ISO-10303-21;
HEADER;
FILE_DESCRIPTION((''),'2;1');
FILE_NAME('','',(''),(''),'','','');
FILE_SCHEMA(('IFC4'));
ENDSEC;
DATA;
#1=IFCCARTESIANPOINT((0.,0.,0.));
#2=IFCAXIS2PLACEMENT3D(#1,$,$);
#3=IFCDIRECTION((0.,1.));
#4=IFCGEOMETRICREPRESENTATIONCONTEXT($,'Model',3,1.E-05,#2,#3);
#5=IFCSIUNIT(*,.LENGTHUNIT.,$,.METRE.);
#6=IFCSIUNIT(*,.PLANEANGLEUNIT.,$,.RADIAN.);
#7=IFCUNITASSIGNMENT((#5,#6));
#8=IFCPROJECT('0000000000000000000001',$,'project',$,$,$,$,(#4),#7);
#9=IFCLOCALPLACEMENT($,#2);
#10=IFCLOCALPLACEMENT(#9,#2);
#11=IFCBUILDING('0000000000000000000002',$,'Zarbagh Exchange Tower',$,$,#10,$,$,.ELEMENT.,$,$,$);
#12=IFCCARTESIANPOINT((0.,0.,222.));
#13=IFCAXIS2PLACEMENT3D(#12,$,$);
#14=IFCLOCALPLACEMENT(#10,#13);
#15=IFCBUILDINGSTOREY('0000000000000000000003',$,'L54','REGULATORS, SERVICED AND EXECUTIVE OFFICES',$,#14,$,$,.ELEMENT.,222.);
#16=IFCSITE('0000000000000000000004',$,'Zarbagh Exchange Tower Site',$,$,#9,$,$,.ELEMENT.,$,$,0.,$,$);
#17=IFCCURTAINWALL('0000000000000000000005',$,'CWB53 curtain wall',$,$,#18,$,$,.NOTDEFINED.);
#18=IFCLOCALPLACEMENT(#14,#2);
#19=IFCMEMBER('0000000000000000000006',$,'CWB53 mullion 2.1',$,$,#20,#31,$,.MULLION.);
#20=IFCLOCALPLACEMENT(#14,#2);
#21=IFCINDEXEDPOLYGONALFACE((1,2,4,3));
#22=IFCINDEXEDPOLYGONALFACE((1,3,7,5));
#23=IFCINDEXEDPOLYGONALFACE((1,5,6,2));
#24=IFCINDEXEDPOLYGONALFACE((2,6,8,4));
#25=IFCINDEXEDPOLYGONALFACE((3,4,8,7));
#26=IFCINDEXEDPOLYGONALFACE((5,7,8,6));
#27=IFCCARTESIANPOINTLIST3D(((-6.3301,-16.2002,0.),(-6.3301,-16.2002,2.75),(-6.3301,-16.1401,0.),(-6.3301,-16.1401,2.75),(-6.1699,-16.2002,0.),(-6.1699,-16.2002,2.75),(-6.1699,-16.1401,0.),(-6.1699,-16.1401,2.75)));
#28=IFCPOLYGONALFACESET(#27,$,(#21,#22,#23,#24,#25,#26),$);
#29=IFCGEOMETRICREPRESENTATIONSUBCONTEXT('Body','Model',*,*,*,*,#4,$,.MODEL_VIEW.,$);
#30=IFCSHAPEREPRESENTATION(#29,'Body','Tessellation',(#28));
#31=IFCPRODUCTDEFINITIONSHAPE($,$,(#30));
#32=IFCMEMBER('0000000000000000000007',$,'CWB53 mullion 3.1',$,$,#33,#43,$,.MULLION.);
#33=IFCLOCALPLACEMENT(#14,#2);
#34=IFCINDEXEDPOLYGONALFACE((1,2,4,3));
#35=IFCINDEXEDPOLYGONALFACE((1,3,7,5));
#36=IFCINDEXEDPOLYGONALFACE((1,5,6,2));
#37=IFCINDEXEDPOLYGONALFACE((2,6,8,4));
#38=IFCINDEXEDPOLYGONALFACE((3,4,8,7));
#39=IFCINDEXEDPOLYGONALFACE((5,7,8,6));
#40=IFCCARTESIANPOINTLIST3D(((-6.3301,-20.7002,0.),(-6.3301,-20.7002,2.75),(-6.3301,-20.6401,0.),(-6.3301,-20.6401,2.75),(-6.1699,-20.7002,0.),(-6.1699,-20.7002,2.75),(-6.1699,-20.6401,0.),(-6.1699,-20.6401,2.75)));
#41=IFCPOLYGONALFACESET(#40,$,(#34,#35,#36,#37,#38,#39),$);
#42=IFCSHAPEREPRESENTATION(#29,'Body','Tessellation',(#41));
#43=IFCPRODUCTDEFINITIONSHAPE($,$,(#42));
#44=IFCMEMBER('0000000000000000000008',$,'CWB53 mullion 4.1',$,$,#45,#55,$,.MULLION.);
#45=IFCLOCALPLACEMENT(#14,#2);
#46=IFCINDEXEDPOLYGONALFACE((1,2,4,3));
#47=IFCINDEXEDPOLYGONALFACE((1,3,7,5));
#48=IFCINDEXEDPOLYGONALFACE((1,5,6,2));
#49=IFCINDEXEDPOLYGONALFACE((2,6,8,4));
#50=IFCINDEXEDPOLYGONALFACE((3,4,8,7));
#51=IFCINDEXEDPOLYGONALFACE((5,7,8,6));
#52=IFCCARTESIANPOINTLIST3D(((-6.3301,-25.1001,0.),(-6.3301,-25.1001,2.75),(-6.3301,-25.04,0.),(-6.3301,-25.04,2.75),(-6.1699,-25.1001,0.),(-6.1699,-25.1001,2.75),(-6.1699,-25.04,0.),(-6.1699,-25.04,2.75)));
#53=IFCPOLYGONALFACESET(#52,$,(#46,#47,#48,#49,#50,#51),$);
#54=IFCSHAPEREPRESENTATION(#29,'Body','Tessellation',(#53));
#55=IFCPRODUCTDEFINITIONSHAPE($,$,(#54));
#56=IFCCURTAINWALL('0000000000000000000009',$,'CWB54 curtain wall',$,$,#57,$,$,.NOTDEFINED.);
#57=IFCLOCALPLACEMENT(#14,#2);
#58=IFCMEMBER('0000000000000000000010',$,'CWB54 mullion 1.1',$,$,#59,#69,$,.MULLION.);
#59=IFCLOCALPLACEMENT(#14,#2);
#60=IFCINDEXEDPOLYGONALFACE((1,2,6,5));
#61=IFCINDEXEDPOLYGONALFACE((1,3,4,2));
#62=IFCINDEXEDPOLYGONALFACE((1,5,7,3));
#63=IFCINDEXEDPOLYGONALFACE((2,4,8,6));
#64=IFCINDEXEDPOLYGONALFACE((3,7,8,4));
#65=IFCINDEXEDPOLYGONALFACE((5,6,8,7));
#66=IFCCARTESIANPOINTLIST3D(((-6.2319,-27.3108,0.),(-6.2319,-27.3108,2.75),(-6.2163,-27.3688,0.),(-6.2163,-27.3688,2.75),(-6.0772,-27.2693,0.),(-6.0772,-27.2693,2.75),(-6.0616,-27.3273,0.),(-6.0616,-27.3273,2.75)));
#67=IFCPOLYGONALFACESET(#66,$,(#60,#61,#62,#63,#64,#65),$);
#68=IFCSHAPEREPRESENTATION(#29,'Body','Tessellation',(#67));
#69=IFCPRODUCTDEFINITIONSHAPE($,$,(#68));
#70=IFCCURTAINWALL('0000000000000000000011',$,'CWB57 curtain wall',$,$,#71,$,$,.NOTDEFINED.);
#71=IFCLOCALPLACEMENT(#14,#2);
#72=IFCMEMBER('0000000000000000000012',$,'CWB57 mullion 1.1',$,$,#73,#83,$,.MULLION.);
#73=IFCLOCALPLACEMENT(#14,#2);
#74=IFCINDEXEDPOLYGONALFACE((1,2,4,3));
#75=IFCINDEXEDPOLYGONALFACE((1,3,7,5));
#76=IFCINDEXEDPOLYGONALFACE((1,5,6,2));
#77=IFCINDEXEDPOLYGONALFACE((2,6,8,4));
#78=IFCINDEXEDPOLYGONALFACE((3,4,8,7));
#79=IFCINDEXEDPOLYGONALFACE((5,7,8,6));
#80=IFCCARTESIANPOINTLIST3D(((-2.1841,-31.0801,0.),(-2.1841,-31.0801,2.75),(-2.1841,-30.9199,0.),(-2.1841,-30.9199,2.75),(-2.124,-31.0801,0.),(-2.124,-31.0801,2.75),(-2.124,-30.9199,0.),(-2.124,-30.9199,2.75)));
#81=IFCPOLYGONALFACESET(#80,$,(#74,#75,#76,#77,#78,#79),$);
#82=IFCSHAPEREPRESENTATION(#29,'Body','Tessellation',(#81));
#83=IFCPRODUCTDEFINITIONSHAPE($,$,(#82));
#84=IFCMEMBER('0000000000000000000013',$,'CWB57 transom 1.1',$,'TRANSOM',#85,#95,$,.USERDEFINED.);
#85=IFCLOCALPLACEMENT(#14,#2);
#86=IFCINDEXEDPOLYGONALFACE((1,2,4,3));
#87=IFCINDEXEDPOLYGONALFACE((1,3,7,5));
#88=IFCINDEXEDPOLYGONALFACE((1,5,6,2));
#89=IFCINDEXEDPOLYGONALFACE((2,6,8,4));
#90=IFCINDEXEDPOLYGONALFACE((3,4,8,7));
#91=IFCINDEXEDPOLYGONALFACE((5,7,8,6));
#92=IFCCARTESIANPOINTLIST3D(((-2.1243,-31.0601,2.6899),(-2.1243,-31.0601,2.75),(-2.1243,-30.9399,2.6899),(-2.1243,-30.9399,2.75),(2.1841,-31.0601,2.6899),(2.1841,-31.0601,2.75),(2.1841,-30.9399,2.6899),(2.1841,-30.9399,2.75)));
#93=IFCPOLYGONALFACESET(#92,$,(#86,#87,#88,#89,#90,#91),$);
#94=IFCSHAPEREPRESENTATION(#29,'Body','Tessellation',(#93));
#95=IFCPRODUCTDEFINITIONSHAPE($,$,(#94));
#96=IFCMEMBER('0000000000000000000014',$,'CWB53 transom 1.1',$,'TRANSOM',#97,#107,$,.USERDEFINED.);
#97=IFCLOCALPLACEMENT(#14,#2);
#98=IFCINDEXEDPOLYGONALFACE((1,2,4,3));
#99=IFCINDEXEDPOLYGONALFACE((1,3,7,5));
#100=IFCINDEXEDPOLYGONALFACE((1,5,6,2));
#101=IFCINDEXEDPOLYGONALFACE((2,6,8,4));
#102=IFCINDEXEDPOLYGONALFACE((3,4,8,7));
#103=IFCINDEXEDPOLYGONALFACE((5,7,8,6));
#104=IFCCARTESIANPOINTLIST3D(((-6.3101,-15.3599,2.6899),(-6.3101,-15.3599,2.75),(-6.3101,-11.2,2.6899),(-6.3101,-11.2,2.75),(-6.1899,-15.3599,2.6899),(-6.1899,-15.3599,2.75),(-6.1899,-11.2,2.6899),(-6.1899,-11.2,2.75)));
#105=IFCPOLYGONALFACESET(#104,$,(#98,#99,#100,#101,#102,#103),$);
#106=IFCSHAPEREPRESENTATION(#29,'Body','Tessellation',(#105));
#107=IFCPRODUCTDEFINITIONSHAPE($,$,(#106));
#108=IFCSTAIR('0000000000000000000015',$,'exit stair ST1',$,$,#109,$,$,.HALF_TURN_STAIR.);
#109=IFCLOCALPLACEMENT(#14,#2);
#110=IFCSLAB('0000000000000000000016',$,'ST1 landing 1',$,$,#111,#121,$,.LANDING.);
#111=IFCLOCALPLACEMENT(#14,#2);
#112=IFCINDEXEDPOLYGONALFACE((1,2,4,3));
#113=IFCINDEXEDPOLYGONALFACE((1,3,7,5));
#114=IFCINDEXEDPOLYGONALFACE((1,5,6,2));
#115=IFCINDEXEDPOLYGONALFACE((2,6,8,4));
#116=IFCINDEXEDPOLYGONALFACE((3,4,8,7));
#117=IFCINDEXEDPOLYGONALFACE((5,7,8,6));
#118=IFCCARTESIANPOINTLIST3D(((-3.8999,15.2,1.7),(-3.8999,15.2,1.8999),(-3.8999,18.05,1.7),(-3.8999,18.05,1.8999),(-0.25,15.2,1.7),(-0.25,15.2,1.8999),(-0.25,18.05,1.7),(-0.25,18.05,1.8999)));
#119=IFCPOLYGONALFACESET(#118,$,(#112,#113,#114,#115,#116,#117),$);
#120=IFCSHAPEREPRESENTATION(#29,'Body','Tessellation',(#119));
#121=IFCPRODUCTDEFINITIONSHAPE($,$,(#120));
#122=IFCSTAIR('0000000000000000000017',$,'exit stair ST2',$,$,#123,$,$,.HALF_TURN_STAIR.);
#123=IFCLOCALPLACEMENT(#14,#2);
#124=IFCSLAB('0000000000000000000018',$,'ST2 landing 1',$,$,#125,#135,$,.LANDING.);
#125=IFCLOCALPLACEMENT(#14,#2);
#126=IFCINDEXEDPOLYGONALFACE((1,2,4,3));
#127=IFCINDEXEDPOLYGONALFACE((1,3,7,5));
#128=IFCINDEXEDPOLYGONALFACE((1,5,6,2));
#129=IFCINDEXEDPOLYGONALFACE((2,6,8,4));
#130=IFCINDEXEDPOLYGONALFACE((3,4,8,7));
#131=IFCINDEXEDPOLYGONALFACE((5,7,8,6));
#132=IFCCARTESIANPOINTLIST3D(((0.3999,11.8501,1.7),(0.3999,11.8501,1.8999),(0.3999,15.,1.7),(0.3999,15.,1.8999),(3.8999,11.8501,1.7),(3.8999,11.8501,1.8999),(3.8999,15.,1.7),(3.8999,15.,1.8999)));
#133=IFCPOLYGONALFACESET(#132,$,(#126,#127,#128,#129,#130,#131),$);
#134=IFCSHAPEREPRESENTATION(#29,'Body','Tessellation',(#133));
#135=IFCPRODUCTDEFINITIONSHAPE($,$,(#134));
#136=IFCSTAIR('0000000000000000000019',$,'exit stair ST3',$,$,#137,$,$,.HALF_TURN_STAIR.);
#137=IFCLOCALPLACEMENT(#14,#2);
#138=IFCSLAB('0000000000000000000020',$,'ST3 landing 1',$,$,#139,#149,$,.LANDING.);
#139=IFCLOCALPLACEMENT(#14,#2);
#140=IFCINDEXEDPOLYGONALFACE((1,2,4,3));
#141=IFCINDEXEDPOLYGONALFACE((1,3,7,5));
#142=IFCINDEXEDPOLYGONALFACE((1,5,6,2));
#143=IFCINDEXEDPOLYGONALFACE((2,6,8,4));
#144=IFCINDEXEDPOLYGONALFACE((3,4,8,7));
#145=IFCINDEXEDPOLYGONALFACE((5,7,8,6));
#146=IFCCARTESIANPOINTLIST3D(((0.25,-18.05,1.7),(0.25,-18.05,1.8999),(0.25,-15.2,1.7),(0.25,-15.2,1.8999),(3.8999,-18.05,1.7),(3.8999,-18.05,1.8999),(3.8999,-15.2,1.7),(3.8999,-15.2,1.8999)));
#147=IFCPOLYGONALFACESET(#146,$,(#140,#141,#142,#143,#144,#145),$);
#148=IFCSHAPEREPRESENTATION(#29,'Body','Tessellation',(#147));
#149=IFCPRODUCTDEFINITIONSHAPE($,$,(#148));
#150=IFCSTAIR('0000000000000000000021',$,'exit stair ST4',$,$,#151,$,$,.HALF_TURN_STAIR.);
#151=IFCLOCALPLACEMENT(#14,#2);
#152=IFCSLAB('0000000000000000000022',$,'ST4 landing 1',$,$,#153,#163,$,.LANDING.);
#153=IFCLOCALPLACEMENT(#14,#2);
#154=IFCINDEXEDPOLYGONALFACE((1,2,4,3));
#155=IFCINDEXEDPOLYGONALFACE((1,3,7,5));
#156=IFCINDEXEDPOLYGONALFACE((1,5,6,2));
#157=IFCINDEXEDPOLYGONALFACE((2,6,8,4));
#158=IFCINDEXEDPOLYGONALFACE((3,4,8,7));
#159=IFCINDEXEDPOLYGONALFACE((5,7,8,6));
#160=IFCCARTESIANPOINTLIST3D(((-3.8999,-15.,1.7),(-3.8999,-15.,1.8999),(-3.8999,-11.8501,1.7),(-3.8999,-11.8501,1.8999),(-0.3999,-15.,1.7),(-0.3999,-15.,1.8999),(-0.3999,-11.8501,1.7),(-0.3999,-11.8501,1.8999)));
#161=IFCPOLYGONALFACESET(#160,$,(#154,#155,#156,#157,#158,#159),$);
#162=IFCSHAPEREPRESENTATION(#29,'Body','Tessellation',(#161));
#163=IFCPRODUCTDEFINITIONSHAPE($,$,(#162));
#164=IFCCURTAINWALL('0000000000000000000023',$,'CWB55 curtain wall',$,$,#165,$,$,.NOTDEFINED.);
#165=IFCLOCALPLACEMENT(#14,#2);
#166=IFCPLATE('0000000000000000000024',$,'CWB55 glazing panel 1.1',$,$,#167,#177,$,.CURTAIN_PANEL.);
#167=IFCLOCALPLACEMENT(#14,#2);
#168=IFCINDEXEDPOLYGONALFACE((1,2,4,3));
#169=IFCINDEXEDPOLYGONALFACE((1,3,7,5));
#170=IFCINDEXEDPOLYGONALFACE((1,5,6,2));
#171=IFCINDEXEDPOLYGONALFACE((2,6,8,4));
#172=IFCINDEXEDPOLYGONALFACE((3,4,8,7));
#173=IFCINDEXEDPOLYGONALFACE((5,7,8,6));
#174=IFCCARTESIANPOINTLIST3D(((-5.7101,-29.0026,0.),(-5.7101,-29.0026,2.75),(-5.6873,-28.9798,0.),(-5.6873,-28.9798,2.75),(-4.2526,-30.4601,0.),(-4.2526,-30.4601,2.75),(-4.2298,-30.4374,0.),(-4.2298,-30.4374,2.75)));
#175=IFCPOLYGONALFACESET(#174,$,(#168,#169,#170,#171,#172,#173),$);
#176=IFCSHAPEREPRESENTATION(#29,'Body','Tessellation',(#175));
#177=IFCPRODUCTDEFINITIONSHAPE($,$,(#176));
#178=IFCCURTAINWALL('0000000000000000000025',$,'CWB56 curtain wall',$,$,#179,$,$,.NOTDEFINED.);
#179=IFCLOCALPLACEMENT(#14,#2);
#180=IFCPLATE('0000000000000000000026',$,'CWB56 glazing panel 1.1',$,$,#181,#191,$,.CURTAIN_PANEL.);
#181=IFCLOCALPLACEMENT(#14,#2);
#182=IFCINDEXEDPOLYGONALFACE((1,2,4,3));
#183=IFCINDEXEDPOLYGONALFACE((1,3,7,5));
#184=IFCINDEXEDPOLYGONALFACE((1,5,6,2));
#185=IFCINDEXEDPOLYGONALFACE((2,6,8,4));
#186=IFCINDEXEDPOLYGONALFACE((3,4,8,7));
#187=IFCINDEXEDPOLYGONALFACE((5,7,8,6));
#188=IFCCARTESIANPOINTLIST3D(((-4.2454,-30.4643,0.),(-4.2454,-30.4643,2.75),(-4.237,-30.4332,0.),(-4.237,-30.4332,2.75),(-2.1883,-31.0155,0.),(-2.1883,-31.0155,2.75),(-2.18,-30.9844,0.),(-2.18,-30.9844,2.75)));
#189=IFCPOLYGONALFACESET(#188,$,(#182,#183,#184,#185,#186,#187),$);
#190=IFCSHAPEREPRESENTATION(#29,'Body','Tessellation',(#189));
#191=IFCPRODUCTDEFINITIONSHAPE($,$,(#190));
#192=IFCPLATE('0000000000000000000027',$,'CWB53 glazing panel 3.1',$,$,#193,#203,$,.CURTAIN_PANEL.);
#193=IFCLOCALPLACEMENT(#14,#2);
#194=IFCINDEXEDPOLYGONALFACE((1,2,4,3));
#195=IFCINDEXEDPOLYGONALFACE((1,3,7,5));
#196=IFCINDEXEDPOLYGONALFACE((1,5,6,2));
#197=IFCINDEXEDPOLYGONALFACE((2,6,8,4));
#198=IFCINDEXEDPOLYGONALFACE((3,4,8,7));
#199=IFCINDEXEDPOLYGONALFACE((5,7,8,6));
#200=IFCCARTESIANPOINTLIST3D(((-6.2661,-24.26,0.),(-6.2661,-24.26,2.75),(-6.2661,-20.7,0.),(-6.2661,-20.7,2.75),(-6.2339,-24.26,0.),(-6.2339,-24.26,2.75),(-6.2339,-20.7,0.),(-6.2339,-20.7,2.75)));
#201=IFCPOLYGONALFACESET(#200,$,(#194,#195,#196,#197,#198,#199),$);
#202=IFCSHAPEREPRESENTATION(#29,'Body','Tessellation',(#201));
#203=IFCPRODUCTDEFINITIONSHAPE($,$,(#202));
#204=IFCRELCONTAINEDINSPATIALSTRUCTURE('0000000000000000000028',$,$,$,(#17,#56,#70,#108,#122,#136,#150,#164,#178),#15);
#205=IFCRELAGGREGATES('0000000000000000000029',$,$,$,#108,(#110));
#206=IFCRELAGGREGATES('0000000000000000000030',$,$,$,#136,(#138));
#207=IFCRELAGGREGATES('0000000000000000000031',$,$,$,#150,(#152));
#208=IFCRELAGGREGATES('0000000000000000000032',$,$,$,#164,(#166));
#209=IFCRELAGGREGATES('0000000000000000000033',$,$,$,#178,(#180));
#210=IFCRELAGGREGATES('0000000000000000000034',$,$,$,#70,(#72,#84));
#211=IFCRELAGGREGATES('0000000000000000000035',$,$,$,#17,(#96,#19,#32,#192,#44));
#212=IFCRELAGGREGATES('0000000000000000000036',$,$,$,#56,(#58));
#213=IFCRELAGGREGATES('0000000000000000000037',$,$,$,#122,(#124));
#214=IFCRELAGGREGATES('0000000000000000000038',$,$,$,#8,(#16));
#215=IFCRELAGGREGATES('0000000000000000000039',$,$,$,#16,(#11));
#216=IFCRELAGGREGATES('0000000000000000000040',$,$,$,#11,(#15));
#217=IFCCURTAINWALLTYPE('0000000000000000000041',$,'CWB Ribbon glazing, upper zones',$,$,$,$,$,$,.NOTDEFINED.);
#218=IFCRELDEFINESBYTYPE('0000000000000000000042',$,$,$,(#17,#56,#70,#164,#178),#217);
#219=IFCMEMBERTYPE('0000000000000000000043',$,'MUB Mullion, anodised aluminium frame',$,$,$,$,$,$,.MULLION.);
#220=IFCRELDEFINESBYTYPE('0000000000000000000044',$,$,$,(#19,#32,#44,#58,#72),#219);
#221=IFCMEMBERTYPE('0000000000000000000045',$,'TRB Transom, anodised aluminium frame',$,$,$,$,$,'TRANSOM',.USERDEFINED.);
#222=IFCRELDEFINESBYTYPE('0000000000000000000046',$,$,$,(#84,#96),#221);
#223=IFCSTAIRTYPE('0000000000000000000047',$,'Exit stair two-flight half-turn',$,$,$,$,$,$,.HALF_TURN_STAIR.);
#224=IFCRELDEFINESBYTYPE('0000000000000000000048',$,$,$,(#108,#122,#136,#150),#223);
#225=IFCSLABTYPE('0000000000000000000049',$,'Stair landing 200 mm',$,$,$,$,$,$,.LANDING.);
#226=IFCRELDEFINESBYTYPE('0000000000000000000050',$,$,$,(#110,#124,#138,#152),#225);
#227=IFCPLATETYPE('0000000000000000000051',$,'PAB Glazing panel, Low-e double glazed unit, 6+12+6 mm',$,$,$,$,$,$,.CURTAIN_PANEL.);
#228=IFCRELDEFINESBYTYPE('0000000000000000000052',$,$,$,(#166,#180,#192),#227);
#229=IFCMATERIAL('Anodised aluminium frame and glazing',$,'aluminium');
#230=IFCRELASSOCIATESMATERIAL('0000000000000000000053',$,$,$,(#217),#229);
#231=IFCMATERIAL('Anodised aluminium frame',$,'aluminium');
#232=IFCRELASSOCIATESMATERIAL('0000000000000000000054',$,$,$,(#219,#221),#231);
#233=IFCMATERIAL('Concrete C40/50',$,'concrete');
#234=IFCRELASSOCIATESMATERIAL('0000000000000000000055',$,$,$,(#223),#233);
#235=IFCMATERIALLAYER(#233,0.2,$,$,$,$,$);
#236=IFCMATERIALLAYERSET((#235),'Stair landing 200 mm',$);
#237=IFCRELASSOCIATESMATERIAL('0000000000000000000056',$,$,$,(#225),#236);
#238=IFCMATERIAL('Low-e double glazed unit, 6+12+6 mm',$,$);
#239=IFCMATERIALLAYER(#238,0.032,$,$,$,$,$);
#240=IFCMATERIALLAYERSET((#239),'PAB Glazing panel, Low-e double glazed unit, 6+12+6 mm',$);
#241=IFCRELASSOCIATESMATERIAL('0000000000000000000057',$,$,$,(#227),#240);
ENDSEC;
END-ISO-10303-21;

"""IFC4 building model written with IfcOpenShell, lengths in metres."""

from ifc_helpers import new_model, si_unit, direction, frame, origin, place, context, subcontext, project, spatial, polyline, outline, extrude, source, transform, mapped, material, layer, layer_set, type_object, element, aggregate, save


model = new_model("IFC4")

# Units and contexts
model_context = context("Model", 3, precision=1e-05, world=origin(), true_north=direction((0.0, 1.0)))
body_context = subcontext(model_context, "Body", "Model", "MODEL_VIEW")
ifc_project = project(units=[si_unit("LENGTHUNIT", "METRE"), si_unit("PLANEANGLEUNIT", "RADIAN")], contexts=[model_context])

# Site, building, storey
site_placement = place(None, origin())
site = spatial("IfcSite", under=ifc_project, at=site_placement, Name="Zarbagh Exchange Tower Site", CompositionType="ELEMENT", RefElevation=0.0)
building_placement = place(site_placement, origin())
building = spatial("IfcBuilding", under=site, at=building_placement, Name="Zarbagh Exchange Tower", CompositionType="ELEMENT")
storey_placement = place(building_placement, frame((0.0, 0.0, 222.0)))
storey = spatial("IfcBuildingStorey", under=building, at=storey_placement, Name="L54", Description="REGULATORS, SERVICED AND EXECUTIVE OFFICES", CompositionType="ELEMENT", Elevation=222.0)

# Curtain wall, members
ifc_material_1 = material(Name="Anodised aluminium frame and glazing", Category="aluminium")
curtain_wall_type = type_object("IfcCurtainWallType", Name="CWB Ribbon glazing, upper zones", PredefinedType="NOTDEFINED", material=ifc_material_1)
curtain_wall_1_placement = place(storey_placement, origin())
curtain_wall_1 = element("IfcCurtainWall", 1, at=curtain_wall_1_placement, inside=storey, type_object=curtain_wall_type, Name="CWB53 curtain wall", PredefinedType="NOTDEFINED")
ifc_material_2 = material(Name="Anodised aluminium frame", Category="aluminium")
member_type_1 = type_object("IfcMemberType", Name="MUB Mullion, anodised aluminium frame", PredefinedType="MULLION", material=ifc_material_2)
shared_shape_1 = source(origin(), body_context, "Body", "SweptSolid", [
    extrude(outline(polyline([(0.0, -0.0801), (0.0601, -0.0801), (0.0601, 0.0801), (0.0, 0.0801), (0.0, -0.0801)])), origin(), (0.0, 0.0, 1.0), 2.75),
])
placement = place(storey_placement, origin())
member_1 = element("IfcMember", 2, at=placement, type_object=member_type_1, Name="CWB53 mullion 2.1", PredefinedType="MULLION", context=body_context, shape_type="MappedRepresentation", body=[
    mapped(shared_shape_1, transform((-6.25, -16.1401, 0.0), x_axis=(0.0, -1.0, 0.0), y_axis=(1.0, 0.0, 0.0), z_axis=(0.0, 0.0, 1.0))),
])
member_2 = element("IfcMember", 3, at=placement, type_object=member_type_1, Name="CWB53 mullion 3.1", PredefinedType="MULLION", context=body_context, shape_type="MappedRepresentation", body=[
    mapped(shared_shape_1, transform((-6.25, -20.6401, 0.0), x_axis=(0.0, -1.0, 0.0), y_axis=(1.0, 0.0, 0.0), z_axis=(0.0, 0.0, 1.0))),
])
member_3 = element("IfcMember", 4, at=placement, type_object=member_type_1, Name="CWB53 mullion 4.1", PredefinedType="MULLION", context=body_context, shape_type="MappedRepresentation", body=[
    mapped(shared_shape_1, transform((-6.25, -25.04, 0.0), x_axis=(0.0, -1.0, 0.0), y_axis=(1.0, 0.0, 0.0), z_axis=(0.0, 0.0, 1.0))),
])

# Curtain wall, member
curtain_wall_2_placement = place(storey_placement, origin())
curtain_wall_2 = element("IfcCurtainWall", 5, at=curtain_wall_2_placement, inside=storey, type_object=curtain_wall_type, Name="CWB54 curtain wall", PredefinedType="NOTDEFINED")
member_4 = element("IfcMember", 6, at=placement, type_object=member_type_1, Name="CWB54 mullion 1.1", PredefinedType="MULLION", context=body_context, shape_type="MappedRepresentation", body=[
    mapped(shared_shape_1, transform((-6.1545, -27.29, 0.0), x_axis=(0.258825, -0.965924, 0.0), y_axis=(0.965924, 0.258825, 0.0), z_axis=(0.0, 0.0, 1.0))),
])

# Curtain wall, members
curtain_wall_3_placement = place(storey_placement, origin())
curtain_wall_3 = element("IfcCurtainWall", 7, at=curtain_wall_3_placement, inside=storey, type_object=curtain_wall_type, Name="CWB57 curtain wall", PredefinedType="NOTDEFINED")
member_5 = element("IfcMember", 8, at=placement, type_object=member_type_1, Name="CWB57 mullion 1.1", PredefinedType="MULLION", context=body_context, shape_type="MappedRepresentation", body=[
    mapped(shared_shape_1, transform((-2.1841, -31.0, 0.0), x_axis=(1.0, 0.0, 0.0), y_axis=(0.0, 1.0, 0.0), z_axis=(0.0, 0.0, 1.0))),
])
member_type_2 = type_object("IfcMemberType", Name="TRB Transom, anodised aluminium frame", ElementType="TRANSOM", PredefinedType="USERDEFINED", material=ifc_material_2)
shared_shape_2 = source(origin(), body_context, "Body", "SweptSolid", [
    extrude(outline(polyline([(-0.0601, -0.0601), (0.0, -0.0601), (0.0, 0.0601), (-0.0601, 0.0601), (-0.0601, -0.0601)])), origin(), (0.0, 0.0, 1.0), 4.3083),
])
member_6 = element("IfcMember", 9, at=placement, type_object=member_type_2, Name="CWB57 transom 1.1", ObjectType="TRANSOM", PredefinedType="USERDEFINED", context=body_context, shape_type="MappedRepresentation", body=[
    mapped(shared_shape_2, transform((-2.1243, -31.0, 2.75), x_axis=(0.0, 0.0, 1.0), y_axis=(0.0, -1.0, 0.0), z_axis=(1.0, 0.0, 0.0))),
])

# Member
shared_shape_3 = source(origin(), body_context, "Body", "SweptSolid", [
    extrude(outline(polyline([(-0.0601, -0.0601), (0.0, -0.0601), (0.0, 0.0601), (-0.0601, 0.0601), (-0.0601, -0.0601)])), origin(), (0.0, 0.0, 1.0), 4.1599),
])
member_7 = element("IfcMember", 10, at=placement, type_object=member_type_2, Name="CWB53 transom 1.1", ObjectType="TRANSOM", PredefinedType="USERDEFINED", context=body_context, shape_type="MappedRepresentation", body=[
    mapped(shared_shape_3, transform((-6.25, -11.2, 2.75), x_axis=(0.0, 0.0, 1.0), y_axis=(-1.0, 0.0, 0.0), z_axis=(0.0, -1.0, 0.0))),
])

# Stairs, slabs
ifc_material_3 = material(Name="Concrete C40/50", Category="concrete")
stair_type = type_object("IfcStairType", Name="Exit stair two-flight half-turn", PredefinedType="HALF_TURN_STAIR", material=ifc_material_3)
stair_1_placement = place(storey_placement, origin())
stair_1 = element("IfcStair", 11, at=stair_1_placement, inside=storey, type_object=stair_type, Name="exit stair ST1", PredefinedType="HALF_TURN_STAIR")
ifc_layer_1 = layer(ifc_material_3, 0.2)
ifc_layer_set_1 = layer_set([ifc_layer_1], Name="Stair landing 200 mm")
slab_type = type_object("IfcSlabType", Name="Stair landing 200 mm", PredefinedType="LANDING", material=ifc_layer_set_1)
slab_1_placement = place(storey_placement, frame((0.0, 0.0, 1.7)))
slab_1 = element("IfcSlab", 12, at=slab_1_placement, type_object=slab_type, Name="ST1 landing 1", PredefinedType="LANDING", context=body_context, shape_type="SweptSolid", body=[
    extrude(outline(polyline([(-0.25, 18.05), (-3.8999, 18.05), (-3.8999, 15.2), (-0.25, 15.2), (-0.25, 18.05)])), origin(), (0.0, 0.0, 1.0), 0.2),
])
aggregate(stair_1, [slab_1])
stair_2_placement = place(storey_placement, origin())
stair_2 = element("IfcStair", 13, at=stair_2_placement, inside=storey, type_object=stair_type, Name="exit stair ST2", PredefinedType="HALF_TURN_STAIR")
slab_2_placement = place(storey_placement, frame((0.0, 0.0, 1.7)))
slab_2 = element("IfcSlab", 14, at=slab_2_placement, type_object=slab_type, Name="ST2 landing 1", PredefinedType="LANDING", context=body_context, shape_type="SweptSolid", body=[
    extrude(outline(polyline([(0.3999, 11.8501), (3.8999, 11.8501), (3.8999, 15.0), (0.3999, 15.0), (0.3999, 11.8501)])), origin(), (0.0, 0.0, 1.0), 0.2),
])
stair_3_placement = place(storey_placement, origin())
stair_3 = element("IfcStair", 15, at=stair_3_placement, inside=storey, type_object=stair_type, Name="exit stair ST3", PredefinedType="HALF_TURN_STAIR")
slab_3_placement = place(storey_placement, frame((0.0, 0.0, 1.7)))
slab_3 = element("IfcSlab", 16, at=slab_3_placement, type_object=slab_type, Name="ST3 landing 1", PredefinedType="LANDING", context=body_context, shape_type="SweptSolid", body=[
    extrude(outline(polyline([(0.25, -18.05), (3.8999, -18.05), (3.8999, -15.2), (0.25, -15.2), (0.25, -18.05)])), origin(), (0.0, 0.0, 1.0), 0.2),
])
aggregate(stair_3, [slab_3])
stair_4_placement = place(storey_placement, origin())
stair_4 = element("IfcStair", 17, at=stair_4_placement, inside=storey, type_object=stair_type, Name="exit stair ST4", PredefinedType="HALF_TURN_STAIR")
slab_4_placement = place(storey_placement, frame((0.0, 0.0, 1.7)))
slab_4 = element("IfcSlab", 18, at=slab_4_placement, type_object=slab_type, Name="ST4 landing 1", PredefinedType="LANDING", context=body_context, shape_type="SweptSolid", body=[
    extrude(outline(polyline([(-0.3999, -11.8501), (-3.8999, -11.8501), (-3.8999, -15.0), (-0.3999, -15.0), (-0.3999, -11.8501)])), origin(), (0.0, 0.0, 1.0), 0.2),
])
aggregate(stair_4, [slab_4])

# Curtain walls, plates
curtain_wall_4_placement = place(storey_placement, origin())
curtain_wall_4 = element("IfcCurtainWall", 19, at=curtain_wall_4_placement, inside=storey, type_object=curtain_wall_type, Name="CWB55 curtain wall", PredefinedType="NOTDEFINED")
ifc_material_4 = material(Name="Low-e double glazed unit, 6+12+6 mm")
ifc_layer_2 = layer(ifc_material_4, 0.032)
ifc_layer_set_2 = layer_set([ifc_layer_2], Name="PAB Glazing panel, Low-e double glazed unit, 6+12+6 mm")
plate_type = type_object("IfcPlateType", Name="PAB Glazing panel, Low-e double glazed unit, 6+12+6 mm", PredefinedType="CURTAIN_PANEL", material=ifc_layer_set_2)
shared_shape_4 = source(origin(), body_context, "Body", "SweptSolid", [
    extrude(outline(polyline([(0.0, -0.0161), (2.0613, -0.0161), (2.0613, 0.0161), (0.0, 0.0161), (0.0, -0.0161)])), origin(), (0.0, 0.0, 1.0), 2.75),
])
plate_1 = element("IfcPlate", 20, at=placement, type_object=plate_type, Name="CWB55 glazing panel 1.1", PredefinedType="CURTAIN_PANEL", context=body_context, shape_type="MappedRepresentation", body=[
    mapped(shared_shape_4, transform((-5.6987, -28.9912, 0.0), x_axis=(0.707107, -0.707107, 0.0), y_axis=(0.707107, 0.707107, 0.0), z_axis=(0.0, 0.0, 1.0))),
])
aggregate(curtain_wall_4, [plate_1])
curtain_wall_5_placement = place(storey_placement, origin())
curtain_wall_5 = element("IfcCurtainWall", 21, at=curtain_wall_5_placement, inside=storey, type_object=curtain_wall_type, Name="CWB56 curtain wall", PredefinedType="NOTDEFINED")
shared_shape_5 = source(origin(), body_context, "Body", "SweptSolid", [
    extrude(outline(polyline([(0.0, -0.0161), (2.1296, -0.0161), (2.1296, 0.0161), (0.0, 0.0161), (0.0, -0.0161)])), origin(), (0.0, 0.0, 1.0), 2.75),
])
plate_2 = element("IfcPlate", 22, at=placement, type_object=plate_type, Name="CWB56 glazing panel 1.1", PredefinedType="CURTAIN_PANEL", context=body_context, shape_type="MappedRepresentation", body=[
    mapped(shared_shape_5, transform((-4.2412, -30.4487, 0.0), x_axis=(0.965924, -0.258825, 0.0), y_axis=(0.258825, 0.965924, 0.0), z_axis=(0.0, 0.0, 1.0))),
])
aggregate(curtain_wall_5, [plate_2])

# Plate
shared_shape_6 = source(origin(), body_context, "Body", "SweptSolid", [
    extrude(outline(polyline([(0.0, -0.0161), (3.5601, -0.0161), (3.5601, 0.0161), (0.0, 0.0161), (0.0, -0.0161)])), origin(), (0.0, 0.0, 1.0), 2.75),
])
plate_3 = element("IfcPlate", 23, at=placement, type_object=plate_type, Name="CWB53 glazing panel 3.1", PredefinedType="CURTAIN_PANEL", context=body_context, shape_type="MappedRepresentation", body=[
    mapped(shared_shape_6, transform((-6.25, -20.7, 0.0), x_axis=(0.0, -1.0, 0.0), y_axis=(1.0, 0.0, 0.0), z_axis=(0.0, 0.0, 1.0))),
])
aggregate(curtain_wall_3, [member_5, member_6])
aggregate(curtain_wall_1, [member_7, member_1, member_2, plate_3, member_3])
aggregate(curtain_wall_2, [member_4])

aggregate(stair_2, [slab_2])

save(model, "model.ifc")
